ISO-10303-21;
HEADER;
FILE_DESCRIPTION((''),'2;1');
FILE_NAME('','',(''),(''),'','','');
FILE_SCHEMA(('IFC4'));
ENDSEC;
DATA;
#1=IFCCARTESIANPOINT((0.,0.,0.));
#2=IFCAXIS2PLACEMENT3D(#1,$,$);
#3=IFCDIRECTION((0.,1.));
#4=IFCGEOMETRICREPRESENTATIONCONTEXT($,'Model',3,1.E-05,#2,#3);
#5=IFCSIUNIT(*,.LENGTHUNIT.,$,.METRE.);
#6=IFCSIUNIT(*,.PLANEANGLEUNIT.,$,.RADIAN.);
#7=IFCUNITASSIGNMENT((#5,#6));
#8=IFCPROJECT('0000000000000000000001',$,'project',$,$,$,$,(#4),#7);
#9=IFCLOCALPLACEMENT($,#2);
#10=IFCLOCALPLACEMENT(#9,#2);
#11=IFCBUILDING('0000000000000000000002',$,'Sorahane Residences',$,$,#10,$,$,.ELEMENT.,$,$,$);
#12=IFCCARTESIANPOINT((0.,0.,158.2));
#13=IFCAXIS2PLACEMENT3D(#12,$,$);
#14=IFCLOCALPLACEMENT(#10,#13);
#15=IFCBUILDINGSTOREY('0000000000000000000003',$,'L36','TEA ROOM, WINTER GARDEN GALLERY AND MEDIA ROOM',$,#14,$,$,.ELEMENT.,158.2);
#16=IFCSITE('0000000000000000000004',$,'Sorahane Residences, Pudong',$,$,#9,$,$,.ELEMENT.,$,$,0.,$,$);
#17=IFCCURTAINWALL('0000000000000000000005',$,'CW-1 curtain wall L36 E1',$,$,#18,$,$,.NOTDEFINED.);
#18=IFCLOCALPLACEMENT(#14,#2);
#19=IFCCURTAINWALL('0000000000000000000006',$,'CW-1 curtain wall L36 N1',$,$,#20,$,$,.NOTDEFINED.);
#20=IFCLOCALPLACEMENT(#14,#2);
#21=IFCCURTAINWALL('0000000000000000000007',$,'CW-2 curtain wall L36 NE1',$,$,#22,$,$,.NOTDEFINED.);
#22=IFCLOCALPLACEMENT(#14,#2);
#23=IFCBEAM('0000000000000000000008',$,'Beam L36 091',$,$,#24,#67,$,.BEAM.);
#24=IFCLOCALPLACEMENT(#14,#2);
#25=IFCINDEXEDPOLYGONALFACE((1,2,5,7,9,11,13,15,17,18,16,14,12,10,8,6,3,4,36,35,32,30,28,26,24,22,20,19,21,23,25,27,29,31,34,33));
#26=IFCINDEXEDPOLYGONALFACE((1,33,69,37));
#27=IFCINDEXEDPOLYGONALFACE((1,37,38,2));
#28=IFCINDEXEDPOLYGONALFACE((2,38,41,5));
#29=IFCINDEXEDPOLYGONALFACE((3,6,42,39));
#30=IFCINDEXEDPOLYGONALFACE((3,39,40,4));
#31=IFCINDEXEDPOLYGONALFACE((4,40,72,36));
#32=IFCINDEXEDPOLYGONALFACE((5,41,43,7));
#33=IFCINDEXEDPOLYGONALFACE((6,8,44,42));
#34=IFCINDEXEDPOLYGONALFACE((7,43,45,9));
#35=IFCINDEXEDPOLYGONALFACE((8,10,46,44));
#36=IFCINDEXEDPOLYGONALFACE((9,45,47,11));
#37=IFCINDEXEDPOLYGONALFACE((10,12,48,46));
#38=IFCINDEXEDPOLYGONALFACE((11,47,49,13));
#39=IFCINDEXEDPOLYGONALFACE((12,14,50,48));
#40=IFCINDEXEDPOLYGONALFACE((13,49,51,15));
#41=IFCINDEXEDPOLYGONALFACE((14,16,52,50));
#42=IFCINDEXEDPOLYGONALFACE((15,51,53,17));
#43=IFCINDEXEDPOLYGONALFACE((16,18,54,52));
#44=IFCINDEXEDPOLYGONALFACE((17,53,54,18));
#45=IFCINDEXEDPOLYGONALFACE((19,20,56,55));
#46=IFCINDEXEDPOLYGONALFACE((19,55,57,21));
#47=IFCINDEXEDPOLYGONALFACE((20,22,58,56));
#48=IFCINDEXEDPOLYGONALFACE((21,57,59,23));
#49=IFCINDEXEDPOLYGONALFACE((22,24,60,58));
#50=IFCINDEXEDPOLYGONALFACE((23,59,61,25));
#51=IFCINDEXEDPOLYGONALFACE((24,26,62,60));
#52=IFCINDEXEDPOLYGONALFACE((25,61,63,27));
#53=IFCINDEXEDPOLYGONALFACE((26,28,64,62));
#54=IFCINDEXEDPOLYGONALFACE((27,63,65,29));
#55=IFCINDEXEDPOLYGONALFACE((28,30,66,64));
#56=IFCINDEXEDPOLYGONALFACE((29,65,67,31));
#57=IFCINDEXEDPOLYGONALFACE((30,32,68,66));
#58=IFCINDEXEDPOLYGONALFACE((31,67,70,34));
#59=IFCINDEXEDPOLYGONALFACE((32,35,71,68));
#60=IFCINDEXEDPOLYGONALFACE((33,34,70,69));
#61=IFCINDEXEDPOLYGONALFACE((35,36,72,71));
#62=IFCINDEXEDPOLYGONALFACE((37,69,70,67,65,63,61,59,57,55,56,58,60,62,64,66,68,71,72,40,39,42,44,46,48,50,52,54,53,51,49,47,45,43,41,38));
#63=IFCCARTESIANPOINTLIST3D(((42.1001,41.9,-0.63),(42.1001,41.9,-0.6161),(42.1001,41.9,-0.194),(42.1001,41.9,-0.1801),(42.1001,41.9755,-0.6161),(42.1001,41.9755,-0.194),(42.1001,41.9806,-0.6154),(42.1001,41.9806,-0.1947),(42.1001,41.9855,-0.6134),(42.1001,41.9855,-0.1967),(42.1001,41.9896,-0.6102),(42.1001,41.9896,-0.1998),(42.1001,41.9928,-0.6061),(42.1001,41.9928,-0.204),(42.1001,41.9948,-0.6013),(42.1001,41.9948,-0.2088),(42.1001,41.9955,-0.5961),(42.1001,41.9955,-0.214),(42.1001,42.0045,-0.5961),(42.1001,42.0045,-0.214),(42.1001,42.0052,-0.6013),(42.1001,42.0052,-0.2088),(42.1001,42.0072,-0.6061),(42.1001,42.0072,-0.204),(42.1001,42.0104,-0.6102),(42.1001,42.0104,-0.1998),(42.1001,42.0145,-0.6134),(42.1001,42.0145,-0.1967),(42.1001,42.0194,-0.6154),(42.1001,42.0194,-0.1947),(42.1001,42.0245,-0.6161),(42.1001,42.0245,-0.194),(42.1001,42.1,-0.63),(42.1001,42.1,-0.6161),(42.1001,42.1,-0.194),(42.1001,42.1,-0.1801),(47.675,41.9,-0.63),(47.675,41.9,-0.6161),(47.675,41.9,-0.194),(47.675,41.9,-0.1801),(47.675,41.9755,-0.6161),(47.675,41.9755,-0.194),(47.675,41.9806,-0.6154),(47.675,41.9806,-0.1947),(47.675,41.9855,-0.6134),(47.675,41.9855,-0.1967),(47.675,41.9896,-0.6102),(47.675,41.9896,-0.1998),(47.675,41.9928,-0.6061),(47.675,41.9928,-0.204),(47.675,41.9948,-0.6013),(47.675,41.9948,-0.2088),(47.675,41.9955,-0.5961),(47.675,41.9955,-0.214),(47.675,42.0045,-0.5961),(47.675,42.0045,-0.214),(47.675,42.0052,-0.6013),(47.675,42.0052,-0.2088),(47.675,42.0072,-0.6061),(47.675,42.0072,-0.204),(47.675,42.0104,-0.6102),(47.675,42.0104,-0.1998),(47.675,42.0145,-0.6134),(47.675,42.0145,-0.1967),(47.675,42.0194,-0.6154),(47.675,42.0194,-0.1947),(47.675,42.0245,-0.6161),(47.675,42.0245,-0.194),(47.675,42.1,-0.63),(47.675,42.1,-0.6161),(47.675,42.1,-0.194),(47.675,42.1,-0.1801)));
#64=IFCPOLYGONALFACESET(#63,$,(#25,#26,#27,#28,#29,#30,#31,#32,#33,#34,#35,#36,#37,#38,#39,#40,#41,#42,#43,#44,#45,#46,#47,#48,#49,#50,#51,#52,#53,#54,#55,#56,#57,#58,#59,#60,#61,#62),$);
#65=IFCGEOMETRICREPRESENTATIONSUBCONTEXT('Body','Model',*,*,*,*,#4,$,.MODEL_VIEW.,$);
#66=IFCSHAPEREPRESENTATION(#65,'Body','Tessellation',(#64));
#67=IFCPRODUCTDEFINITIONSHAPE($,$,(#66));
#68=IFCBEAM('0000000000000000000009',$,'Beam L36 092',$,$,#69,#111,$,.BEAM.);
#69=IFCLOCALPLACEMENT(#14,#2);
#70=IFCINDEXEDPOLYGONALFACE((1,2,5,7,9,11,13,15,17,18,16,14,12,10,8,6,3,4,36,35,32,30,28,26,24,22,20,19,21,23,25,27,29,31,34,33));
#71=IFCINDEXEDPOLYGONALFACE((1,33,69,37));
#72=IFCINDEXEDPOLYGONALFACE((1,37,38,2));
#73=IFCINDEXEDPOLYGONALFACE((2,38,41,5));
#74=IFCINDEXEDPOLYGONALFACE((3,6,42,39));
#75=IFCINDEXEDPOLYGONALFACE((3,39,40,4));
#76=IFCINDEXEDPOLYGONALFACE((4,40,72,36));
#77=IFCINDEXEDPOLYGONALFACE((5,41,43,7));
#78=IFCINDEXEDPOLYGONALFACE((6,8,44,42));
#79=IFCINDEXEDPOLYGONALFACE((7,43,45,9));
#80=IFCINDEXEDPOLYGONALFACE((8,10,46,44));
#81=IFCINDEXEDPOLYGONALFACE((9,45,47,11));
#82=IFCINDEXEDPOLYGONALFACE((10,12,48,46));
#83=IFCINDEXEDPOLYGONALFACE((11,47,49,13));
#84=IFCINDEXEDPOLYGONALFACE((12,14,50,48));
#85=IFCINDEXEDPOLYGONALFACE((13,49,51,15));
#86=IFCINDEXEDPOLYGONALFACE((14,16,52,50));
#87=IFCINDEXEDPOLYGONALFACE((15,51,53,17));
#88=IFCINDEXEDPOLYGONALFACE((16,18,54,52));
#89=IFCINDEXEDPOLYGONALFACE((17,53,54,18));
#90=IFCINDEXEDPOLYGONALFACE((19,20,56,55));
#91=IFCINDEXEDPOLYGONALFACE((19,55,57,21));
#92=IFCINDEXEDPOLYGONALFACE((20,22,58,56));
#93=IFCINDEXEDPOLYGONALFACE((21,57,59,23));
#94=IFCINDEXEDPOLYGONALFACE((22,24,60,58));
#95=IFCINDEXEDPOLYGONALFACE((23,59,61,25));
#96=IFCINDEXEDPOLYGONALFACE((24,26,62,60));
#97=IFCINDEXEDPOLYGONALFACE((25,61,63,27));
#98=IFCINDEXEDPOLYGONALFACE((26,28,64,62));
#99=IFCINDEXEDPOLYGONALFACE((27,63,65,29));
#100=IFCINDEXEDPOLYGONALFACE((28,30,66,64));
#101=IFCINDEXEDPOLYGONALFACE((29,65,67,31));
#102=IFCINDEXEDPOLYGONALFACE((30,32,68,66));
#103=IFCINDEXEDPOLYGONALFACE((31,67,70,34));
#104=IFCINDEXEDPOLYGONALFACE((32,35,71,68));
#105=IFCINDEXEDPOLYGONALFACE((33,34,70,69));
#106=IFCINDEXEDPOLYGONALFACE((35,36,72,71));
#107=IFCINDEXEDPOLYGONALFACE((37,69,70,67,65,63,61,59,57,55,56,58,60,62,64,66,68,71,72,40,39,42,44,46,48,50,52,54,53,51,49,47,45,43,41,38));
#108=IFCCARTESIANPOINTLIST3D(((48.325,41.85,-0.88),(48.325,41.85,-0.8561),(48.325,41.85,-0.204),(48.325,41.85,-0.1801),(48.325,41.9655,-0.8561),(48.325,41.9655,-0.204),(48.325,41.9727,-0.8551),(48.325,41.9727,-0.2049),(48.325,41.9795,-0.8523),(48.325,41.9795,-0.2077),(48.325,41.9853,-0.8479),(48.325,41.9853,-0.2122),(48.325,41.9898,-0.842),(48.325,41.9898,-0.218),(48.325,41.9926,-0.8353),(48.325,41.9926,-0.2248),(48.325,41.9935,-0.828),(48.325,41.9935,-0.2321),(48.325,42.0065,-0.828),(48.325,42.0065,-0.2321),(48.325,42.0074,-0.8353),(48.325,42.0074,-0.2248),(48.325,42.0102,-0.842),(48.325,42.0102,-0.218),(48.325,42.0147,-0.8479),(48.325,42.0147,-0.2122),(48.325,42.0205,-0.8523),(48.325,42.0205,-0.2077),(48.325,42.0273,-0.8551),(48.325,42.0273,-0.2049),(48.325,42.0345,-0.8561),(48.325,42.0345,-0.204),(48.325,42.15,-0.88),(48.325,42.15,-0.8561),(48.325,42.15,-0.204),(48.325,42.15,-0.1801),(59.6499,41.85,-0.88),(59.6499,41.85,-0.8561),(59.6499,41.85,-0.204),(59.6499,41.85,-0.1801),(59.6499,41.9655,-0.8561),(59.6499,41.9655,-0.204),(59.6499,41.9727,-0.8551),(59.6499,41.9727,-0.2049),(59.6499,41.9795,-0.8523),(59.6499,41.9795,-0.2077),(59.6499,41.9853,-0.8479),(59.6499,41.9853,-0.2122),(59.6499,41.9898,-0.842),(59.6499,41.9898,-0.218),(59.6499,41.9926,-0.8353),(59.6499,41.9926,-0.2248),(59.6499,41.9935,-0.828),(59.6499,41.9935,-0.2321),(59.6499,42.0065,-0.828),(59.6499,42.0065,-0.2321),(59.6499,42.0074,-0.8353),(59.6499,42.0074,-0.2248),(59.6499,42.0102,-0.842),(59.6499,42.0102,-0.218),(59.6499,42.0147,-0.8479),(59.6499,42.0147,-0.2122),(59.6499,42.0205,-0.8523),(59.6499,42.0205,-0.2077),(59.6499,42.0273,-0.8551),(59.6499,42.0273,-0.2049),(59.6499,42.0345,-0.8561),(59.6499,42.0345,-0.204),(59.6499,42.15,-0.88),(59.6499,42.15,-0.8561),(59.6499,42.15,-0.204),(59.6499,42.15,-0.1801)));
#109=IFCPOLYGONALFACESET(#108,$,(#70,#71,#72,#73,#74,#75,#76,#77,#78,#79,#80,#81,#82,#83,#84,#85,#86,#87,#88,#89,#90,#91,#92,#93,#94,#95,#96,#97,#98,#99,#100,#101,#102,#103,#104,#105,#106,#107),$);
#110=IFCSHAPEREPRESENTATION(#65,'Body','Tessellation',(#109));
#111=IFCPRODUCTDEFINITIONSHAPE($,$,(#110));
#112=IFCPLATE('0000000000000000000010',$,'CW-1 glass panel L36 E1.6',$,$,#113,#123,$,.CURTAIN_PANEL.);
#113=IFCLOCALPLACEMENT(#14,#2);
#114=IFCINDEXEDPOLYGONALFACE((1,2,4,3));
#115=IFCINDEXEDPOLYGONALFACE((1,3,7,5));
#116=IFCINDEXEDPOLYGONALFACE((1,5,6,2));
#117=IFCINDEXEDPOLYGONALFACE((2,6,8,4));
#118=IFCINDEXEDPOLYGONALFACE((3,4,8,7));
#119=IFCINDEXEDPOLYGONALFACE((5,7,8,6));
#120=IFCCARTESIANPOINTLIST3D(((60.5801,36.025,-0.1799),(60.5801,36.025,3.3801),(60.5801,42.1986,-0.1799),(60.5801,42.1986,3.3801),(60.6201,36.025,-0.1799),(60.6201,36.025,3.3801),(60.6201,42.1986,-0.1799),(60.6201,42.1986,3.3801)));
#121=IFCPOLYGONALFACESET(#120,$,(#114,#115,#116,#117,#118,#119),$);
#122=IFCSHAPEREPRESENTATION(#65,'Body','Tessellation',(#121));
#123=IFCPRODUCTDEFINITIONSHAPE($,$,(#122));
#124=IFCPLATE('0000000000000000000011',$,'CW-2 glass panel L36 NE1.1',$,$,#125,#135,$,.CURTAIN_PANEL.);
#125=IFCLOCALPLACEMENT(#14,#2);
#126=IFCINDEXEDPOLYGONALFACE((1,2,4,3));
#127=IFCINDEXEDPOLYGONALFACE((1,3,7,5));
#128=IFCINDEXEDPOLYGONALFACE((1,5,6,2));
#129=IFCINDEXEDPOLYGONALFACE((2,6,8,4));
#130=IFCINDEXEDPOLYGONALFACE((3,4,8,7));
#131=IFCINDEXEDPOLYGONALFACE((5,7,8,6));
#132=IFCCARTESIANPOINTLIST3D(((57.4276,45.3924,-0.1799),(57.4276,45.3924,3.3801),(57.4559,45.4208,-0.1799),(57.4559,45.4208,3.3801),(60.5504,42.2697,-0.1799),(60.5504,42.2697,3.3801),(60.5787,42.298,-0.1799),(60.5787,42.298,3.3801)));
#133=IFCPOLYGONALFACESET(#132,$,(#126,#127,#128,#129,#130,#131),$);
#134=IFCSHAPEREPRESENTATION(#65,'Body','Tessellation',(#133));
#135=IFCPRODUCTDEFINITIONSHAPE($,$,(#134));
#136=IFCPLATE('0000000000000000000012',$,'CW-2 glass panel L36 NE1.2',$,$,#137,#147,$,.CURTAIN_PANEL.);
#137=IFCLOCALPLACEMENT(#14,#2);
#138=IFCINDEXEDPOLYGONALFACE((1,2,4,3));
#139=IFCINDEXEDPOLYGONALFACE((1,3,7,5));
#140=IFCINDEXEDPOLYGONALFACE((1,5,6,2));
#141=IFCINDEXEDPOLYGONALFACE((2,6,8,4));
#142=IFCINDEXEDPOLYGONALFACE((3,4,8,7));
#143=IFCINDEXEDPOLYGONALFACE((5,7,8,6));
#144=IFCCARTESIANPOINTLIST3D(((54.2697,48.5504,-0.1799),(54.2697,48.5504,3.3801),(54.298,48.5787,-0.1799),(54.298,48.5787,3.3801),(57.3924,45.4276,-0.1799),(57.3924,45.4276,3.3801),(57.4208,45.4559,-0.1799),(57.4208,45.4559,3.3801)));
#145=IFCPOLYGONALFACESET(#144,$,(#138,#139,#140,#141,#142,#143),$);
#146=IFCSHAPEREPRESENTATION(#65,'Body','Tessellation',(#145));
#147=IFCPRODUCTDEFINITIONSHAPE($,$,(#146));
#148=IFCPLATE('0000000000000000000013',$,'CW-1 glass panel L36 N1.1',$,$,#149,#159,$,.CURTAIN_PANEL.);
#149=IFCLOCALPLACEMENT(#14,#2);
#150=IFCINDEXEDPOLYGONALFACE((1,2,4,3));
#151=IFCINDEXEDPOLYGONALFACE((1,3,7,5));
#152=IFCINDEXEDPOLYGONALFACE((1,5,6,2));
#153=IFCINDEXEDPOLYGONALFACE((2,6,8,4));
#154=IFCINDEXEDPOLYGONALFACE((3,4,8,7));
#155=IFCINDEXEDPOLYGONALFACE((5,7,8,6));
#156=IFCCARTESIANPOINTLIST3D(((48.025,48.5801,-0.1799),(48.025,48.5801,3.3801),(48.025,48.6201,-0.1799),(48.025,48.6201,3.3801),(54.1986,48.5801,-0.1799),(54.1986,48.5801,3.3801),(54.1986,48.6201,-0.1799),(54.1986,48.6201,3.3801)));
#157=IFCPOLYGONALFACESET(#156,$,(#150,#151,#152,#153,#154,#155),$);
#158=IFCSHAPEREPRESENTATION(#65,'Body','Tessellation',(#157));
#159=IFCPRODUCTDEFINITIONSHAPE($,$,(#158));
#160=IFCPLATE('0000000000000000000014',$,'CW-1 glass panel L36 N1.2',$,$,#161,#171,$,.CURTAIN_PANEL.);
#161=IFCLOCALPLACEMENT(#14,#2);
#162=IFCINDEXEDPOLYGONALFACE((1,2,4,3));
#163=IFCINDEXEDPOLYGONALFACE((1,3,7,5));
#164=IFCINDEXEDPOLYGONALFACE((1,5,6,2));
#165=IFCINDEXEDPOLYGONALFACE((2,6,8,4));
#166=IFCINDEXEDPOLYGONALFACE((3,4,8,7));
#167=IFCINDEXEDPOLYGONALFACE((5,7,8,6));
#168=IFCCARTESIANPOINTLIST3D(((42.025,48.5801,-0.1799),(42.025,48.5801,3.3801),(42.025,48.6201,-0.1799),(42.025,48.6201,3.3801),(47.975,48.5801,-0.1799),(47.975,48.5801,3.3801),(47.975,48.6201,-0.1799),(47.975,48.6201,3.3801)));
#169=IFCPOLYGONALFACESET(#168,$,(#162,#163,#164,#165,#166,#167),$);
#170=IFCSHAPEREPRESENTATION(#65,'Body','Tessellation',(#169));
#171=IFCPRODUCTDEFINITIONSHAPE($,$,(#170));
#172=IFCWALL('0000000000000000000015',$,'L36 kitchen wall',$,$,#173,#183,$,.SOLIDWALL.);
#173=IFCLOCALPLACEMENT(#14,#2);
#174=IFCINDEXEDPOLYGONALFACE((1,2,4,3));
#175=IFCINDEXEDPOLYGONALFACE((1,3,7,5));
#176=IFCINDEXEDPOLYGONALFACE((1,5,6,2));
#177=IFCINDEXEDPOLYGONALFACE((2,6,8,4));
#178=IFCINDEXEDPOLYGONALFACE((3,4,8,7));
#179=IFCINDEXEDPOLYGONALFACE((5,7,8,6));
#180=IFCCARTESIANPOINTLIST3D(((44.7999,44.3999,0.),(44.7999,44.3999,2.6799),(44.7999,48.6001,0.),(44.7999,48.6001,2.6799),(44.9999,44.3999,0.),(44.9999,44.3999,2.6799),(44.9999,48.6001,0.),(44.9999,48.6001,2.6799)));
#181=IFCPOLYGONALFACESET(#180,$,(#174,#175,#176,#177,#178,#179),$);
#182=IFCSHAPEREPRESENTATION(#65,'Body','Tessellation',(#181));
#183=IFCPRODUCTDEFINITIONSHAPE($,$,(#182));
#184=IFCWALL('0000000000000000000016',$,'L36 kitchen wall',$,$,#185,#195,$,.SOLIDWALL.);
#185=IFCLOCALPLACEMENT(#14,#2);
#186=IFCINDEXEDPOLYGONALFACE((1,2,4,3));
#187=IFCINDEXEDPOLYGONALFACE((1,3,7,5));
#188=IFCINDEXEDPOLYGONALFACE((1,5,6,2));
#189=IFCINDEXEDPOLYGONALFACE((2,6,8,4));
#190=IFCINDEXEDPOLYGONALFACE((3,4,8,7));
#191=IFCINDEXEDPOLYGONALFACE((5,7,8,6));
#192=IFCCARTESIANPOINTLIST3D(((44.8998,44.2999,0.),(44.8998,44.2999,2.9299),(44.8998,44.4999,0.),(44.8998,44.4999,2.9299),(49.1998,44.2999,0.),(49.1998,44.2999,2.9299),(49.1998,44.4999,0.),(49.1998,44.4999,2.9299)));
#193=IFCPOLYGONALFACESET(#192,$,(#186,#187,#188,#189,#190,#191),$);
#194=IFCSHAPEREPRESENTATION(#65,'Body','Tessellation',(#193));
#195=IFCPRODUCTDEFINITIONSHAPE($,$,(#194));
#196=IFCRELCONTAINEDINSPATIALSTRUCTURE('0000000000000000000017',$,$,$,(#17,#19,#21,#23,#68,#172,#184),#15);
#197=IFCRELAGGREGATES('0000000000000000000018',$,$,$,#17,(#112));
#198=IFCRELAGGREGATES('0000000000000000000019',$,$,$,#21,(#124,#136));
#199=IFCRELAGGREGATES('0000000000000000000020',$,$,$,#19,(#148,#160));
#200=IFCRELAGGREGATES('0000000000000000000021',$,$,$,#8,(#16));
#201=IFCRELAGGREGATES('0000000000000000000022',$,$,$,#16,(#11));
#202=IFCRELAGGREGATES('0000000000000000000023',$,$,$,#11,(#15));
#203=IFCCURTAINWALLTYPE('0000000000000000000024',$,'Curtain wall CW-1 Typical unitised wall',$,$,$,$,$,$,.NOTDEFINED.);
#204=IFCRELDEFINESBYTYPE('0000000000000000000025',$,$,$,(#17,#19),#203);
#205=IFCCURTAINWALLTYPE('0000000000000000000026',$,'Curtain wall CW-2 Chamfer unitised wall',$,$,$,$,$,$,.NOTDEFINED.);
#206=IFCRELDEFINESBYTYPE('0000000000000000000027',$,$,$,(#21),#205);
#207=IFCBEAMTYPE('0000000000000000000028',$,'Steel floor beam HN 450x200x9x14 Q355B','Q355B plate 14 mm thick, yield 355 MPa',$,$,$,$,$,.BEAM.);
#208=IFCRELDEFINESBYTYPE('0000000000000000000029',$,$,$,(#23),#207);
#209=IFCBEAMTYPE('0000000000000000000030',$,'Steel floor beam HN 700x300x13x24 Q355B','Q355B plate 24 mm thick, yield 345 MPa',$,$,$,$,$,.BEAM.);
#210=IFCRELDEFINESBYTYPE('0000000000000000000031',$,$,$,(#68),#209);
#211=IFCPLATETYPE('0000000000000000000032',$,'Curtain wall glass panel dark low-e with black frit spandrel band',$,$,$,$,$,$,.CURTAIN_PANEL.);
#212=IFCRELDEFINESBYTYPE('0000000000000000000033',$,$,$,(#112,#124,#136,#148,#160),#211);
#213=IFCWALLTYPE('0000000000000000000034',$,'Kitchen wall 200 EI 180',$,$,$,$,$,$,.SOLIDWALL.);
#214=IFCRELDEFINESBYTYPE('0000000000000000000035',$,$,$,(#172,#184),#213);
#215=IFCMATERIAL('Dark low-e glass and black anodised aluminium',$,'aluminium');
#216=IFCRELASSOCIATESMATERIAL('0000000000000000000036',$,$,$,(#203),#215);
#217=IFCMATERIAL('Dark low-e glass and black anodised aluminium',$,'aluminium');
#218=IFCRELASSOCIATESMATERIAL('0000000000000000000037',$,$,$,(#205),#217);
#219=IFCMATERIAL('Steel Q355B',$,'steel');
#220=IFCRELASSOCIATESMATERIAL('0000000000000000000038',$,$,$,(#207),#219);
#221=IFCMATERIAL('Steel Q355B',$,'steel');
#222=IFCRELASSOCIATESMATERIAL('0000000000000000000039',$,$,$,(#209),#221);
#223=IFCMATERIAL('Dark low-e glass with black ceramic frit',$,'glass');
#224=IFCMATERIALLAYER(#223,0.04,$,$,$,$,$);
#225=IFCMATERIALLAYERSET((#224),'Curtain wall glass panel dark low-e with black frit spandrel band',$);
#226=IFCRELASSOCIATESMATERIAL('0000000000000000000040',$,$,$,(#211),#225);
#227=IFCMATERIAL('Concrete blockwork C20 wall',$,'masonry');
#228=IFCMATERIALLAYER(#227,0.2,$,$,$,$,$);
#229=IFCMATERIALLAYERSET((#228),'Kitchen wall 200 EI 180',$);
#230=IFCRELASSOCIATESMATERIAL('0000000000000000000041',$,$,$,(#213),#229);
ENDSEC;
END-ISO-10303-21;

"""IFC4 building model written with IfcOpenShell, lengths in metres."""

from ifc_helpers import new_model, si_unit, direction, frame, frame_2d, origin, origin_2d, place, context, subcontext, project, spatial, rectangle, i_section, extrude, material, layer, layer_set, material_profile, profile_set, type_object, element, aggregate, save


model = new_model("IFC4")

# Units and contexts
model_context = context("Model", 3, precision=1e-05, world=origin(), true_north=direction((0.0, 1.0)))
body_context = subcontext(model_context, "Body", "Model", "MODEL_VIEW")
ifc_project = project(units=[si_unit("LENGTHUNIT", "METRE"), si_unit("PLANEANGLEUNIT", "RADIAN")], contexts=[model_context])

# Site, building, storey
site_placement = place(None, origin())
site = spatial("IfcSite", under=ifc_project, at=site_placement, Name="Sorahane Residences, Pudong", CompositionType="ELEMENT", RefElevation=0.0)
building_placement = place(site_placement, origin())
building = spatial("IfcBuilding", under=site, at=building_placement, Name="Sorahane Residences", CompositionType="ELEMENT")
storey_placement = place(building_placement, frame((0.0, 0.0, 158.2)))
storey = spatial("IfcBuildingStorey", under=building, at=storey_placement, Name="L36", Description="TEA ROOM, WINTER GARDEN GALLERY AND MEDIA ROOM", CompositionType="ELEMENT", Elevation=158.2)

# Curtain wall
ifc_material_1 = material(Name="Dark low-e glass and black anodised aluminium", Category="aluminium")
curtain_wall_type_1 = type_object("IfcCurtainWallType", Name="Curtain wall CW-1 Typical unitised wall", PredefinedType="NOTDEFINED", material=ifc_material_1)
curtain_wall_1_placement = place(storey_placement, origin())
curtain_wall_1 = element("IfcCurtainWall", 1, at=curtain_wall_1_placement, inside=storey, type_object=curtain_wall_type_1, Name="CW-1 curtain wall L36 E1", PredefinedType="NOTDEFINED")

# Curtain wall
curtain_wall_2_placement = place(storey_placement, origin())
curtain_wall_2 = element("IfcCurtainWall", 2, at=curtain_wall_2_placement, inside=storey, type_object=curtain_wall_type_1, Name="CW-1 curtain wall L36 N1", PredefinedType="NOTDEFINED")

# Curtain wall
ifc_material_2 = material(Name="Dark low-e glass and black anodised aluminium", Category="aluminium")
curtain_wall_type_2 = type_object("IfcCurtainWallType", Name="Curtain wall CW-2 Chamfer unitised wall", PredefinedType="NOTDEFINED", material=ifc_material_2)
curtain_wall_3_placement = place(storey_placement, origin())
curtain_wall_3 = element("IfcCurtainWall", 3, at=curtain_wall_3_placement, inside=storey, type_object=curtain_wall_type_2, Name="CW-2 curtain wall L36 NE1", PredefinedType="NOTDEFINED")

# Beams
ifc_material_3 = material(Name="Steel Q355B", Category="steel")
ifc_material_profile_1 = material_profile(ifc_material_3, i_section(OverallWidth=0.2, OverallDepth=0.45, WebThickness=0.009, FlangeThickness=0.0139, FilletRadius=0.02, at=origin_2d()), Name="HN 450x200x9x14")
ifc_profile_set_1 = profile_set([ifc_material_profile_1], Name="Steel Q355B")
beam_type_1 = type_object("IfcBeamType", Name="Steel floor beam HN 450x200x9x14 Q355B", Description="Q355B plate 14 mm thick, yield 355 MPa", PredefinedType="BEAM", material=ifc_profile_set_1)
beam_1_placement = place(storey_placement, frame((42.1001, 42.0, -0.405), z_axis=(1.0, 0.0, 0.0), x_axis=(0.0, 1.0, 0.0)))
element("IfcBeam", 4, at=beam_1_placement, inside=storey, type_object=beam_type_1, Name="Beam L36 091", PredefinedType="BEAM", context=body_context, shape_type="SweptSolid", body=[
    extrude(i_section(OverallWidth=0.2, OverallDepth=0.45, WebThickness=0.009, FlangeThickness=0.0139, FilletRadius=0.02, at=origin_2d()), origin(), (0.0, 0.0, 1.0), 5.575),
])
ifc_material_4 = material(Name="Steel Q355B", Category="steel")
ifc_material_profile_2 = material_profile(ifc_material_4, i_section(OverallWidth=0.3, OverallDepth=0.7, WebThickness=0.0129, FlangeThickness=0.0239, FilletRadius=0.0281, at=origin_2d()), Name="HN 700x300x13x24")
ifc_profile_set_2 = profile_set([ifc_material_profile_2], Name="Steel Q355B")
beam_type_2 = type_object("IfcBeamType", Name="Steel floor beam HN 700x300x13x24 Q355B", Description="Q355B plate 24 mm thick, yield 345 MPa", PredefinedType="BEAM", material=ifc_profile_set_2)
beam_2_placement = place(storey_placement, frame((48.325, 42.0, -0.53), z_axis=(1.0, 0.0, 0.0), x_axis=(0.0, 1.0, 0.0)))
element("IfcBeam", 5, at=beam_2_placement, inside=storey, type_object=beam_type_2, Name="Beam L36 092", PredefinedType="BEAM", context=body_context, shape_type="SweptSolid", body=[
    extrude(i_section(OverallWidth=0.3, OverallDepth=0.7, WebThickness=0.0129, FlangeThickness=0.0239, FilletRadius=0.0281, at=origin_2d()), origin(), (0.0, 0.0, 1.0), 11.325),
])

# Plates
ifc_material_5 = material(Name="Dark low-e glass with black ceramic frit", Category="glass")
ifc_layer_1 = layer(ifc_material_5, 0.04)
ifc_layer_set_1 = layer_set([ifc_layer_1], Name="Curtain wall glass panel dark low-e with black frit spandrel band")
plate_type = type_object("IfcPlateType", Name="Curtain wall glass panel dark low-e with black frit spandrel band", PredefinedType="CURTAIN_PANEL", material=ifc_layer_set_1)
plate_1_placement = place(storey_placement, frame((60.6001, 39.1118, -0.1799), z_axis=(0.0, 0.0, 1.0), x_axis=(0.0, 1.0, 0.0)))
plate_1 = element("IfcPlate", 6, at=plate_1_placement, type_object=plate_type, Name="CW-1 glass panel L36 E1.6", PredefinedType="CURTAIN_PANEL", context=body_context, shape_type="SweptSolid", body=[
    extrude(rectangle(XDim=6.1736, YDim=0.04, at=origin_2d()), origin(), (0.0, 0.0, 1.0), 3.5601),
])
aggregate(curtain_wall_1, [plate_1])
plate_2_placement = place(storey_placement, frame((59.0032, 43.8452, -0.1799), z_axis=(0.0, 0.0, 1.0), x_axis=(-0.707107, 0.707107, 0.0)))
plate_2 = element("IfcPlate", 7, at=plate_2_placement, type_object=plate_type, Name="CW-2 glass panel L36 NE1.1", PredefinedType="CURTAIN_PANEL", context=body_context, shape_type="SweptSolid", body=[
    extrude(rectangle(XDim=4.4163, YDim=0.04, at=origin_2d()), origin(), (0.0, 0.0, 1.0), 3.5601),
])
plate_3_placement = place(storey_placement, frame((55.8452, 47.0032, -0.1799), z_axis=(0.0, 0.0, 1.0), x_axis=(-0.707107, 0.707107, 0.0)))
plate_3 = element("IfcPlate", 8, at=plate_3_placement, type_object=plate_type, Name="CW-2 glass panel L36 NE1.2", PredefinedType="CURTAIN_PANEL", context=body_context, shape_type="SweptSolid", body=[
    extrude(rectangle(XDim=4.4163, YDim=0.04, at=origin_2d()), origin(), (0.0, 0.0, 1.0), 3.5601),
])
aggregate(curtain_wall_3, [plate_2, plate_3])
plate_4_placement = place(storey_placement, frame((51.1118, 48.6001, -0.1799), z_axis=(0.0, 0.0, 1.0), x_axis=(-1.0, 0.0, 0.0)))
plate_4 = element("IfcPlate", 9, at=plate_4_placement, type_object=plate_type, Name="CW-1 glass panel L36 N1.1", PredefinedType="CURTAIN_PANEL", context=body_context, shape_type="SweptSolid", body=[
    extrude(rectangle(XDim=6.1736, YDim=0.04, at=origin_2d()), origin(), (0.0, 0.0, 1.0), 3.5601),
])
plate_5_placement = place(storey_placement, frame((45.0, 48.6001, -0.1799), z_axis=(0.0, 0.0, 1.0), x_axis=(-1.0, 0.0, 0.0)))
plate_5 = element("IfcPlate", 10, at=plate_5_placement, type_object=plate_type, Name="CW-1 glass panel L36 N1.2", PredefinedType="CURTAIN_PANEL", context=body_context, shape_type="SweptSolid", body=[
    extrude(rectangle(XDim=5.95, YDim=0.04, at=origin_2d()), origin(), (0.0, 0.0, 1.0), 3.5601),
])
aggregate(curtain_wall_2, [plate_4, plate_5])

# Wall
ifc_material_6 = material(Name="Concrete blockwork C20 wall", Category="masonry")
ifc_layer_2 = layer(ifc_material_6, 0.2)
ifc_layer_set_2 = layer_set([ifc_layer_2], Name="Kitchen wall 200 EI 180")
wall_type = type_object("IfcWallType", Name="Kitchen wall 200 EI 180", PredefinedType="SOLIDWALL", material=ifc_layer_set_2)
wall_1_placement = place(storey_placement, frame((44.8999, 44.3999, 0.0), z_axis=(0.0, 0.0, 1.0), x_axis=(0.0, 1.0, 0.0)))
element("IfcWall", 11, at=wall_1_placement, inside=storey, type_object=wall_type, Name="L36 kitchen wall", PredefinedType="SOLIDWALL", context=body_context, shape_type="SweptSolid", body=[
    extrude(rectangle(XDim=4.2002, YDim=0.2, at=frame_2d((2.1001, 0.0))), origin(), (0.0, 0.0, 1.0), 2.6799),
])

# Wall
wall_2_placement = place(storey_placement, frame((44.8999, 44.3999, 0.0), z_axis=(0.0, 0.0, 1.0), x_axis=(1.0, 0.0, 0.0)))
element("IfcWall", 12, at=wall_2_placement, inside=storey, type_object=wall_type, Name="L36 kitchen wall", PredefinedType="SOLIDWALL", context=body_context, shape_type="SweptSolid", body=[
    extrude(rectangle(XDim=4.3, YDim=0.2, at=frame_2d((2.1499, 0.0))), origin(), (0.0, 0.0, 1.0), 2.9299),
])

save(model, "model.ifc")
